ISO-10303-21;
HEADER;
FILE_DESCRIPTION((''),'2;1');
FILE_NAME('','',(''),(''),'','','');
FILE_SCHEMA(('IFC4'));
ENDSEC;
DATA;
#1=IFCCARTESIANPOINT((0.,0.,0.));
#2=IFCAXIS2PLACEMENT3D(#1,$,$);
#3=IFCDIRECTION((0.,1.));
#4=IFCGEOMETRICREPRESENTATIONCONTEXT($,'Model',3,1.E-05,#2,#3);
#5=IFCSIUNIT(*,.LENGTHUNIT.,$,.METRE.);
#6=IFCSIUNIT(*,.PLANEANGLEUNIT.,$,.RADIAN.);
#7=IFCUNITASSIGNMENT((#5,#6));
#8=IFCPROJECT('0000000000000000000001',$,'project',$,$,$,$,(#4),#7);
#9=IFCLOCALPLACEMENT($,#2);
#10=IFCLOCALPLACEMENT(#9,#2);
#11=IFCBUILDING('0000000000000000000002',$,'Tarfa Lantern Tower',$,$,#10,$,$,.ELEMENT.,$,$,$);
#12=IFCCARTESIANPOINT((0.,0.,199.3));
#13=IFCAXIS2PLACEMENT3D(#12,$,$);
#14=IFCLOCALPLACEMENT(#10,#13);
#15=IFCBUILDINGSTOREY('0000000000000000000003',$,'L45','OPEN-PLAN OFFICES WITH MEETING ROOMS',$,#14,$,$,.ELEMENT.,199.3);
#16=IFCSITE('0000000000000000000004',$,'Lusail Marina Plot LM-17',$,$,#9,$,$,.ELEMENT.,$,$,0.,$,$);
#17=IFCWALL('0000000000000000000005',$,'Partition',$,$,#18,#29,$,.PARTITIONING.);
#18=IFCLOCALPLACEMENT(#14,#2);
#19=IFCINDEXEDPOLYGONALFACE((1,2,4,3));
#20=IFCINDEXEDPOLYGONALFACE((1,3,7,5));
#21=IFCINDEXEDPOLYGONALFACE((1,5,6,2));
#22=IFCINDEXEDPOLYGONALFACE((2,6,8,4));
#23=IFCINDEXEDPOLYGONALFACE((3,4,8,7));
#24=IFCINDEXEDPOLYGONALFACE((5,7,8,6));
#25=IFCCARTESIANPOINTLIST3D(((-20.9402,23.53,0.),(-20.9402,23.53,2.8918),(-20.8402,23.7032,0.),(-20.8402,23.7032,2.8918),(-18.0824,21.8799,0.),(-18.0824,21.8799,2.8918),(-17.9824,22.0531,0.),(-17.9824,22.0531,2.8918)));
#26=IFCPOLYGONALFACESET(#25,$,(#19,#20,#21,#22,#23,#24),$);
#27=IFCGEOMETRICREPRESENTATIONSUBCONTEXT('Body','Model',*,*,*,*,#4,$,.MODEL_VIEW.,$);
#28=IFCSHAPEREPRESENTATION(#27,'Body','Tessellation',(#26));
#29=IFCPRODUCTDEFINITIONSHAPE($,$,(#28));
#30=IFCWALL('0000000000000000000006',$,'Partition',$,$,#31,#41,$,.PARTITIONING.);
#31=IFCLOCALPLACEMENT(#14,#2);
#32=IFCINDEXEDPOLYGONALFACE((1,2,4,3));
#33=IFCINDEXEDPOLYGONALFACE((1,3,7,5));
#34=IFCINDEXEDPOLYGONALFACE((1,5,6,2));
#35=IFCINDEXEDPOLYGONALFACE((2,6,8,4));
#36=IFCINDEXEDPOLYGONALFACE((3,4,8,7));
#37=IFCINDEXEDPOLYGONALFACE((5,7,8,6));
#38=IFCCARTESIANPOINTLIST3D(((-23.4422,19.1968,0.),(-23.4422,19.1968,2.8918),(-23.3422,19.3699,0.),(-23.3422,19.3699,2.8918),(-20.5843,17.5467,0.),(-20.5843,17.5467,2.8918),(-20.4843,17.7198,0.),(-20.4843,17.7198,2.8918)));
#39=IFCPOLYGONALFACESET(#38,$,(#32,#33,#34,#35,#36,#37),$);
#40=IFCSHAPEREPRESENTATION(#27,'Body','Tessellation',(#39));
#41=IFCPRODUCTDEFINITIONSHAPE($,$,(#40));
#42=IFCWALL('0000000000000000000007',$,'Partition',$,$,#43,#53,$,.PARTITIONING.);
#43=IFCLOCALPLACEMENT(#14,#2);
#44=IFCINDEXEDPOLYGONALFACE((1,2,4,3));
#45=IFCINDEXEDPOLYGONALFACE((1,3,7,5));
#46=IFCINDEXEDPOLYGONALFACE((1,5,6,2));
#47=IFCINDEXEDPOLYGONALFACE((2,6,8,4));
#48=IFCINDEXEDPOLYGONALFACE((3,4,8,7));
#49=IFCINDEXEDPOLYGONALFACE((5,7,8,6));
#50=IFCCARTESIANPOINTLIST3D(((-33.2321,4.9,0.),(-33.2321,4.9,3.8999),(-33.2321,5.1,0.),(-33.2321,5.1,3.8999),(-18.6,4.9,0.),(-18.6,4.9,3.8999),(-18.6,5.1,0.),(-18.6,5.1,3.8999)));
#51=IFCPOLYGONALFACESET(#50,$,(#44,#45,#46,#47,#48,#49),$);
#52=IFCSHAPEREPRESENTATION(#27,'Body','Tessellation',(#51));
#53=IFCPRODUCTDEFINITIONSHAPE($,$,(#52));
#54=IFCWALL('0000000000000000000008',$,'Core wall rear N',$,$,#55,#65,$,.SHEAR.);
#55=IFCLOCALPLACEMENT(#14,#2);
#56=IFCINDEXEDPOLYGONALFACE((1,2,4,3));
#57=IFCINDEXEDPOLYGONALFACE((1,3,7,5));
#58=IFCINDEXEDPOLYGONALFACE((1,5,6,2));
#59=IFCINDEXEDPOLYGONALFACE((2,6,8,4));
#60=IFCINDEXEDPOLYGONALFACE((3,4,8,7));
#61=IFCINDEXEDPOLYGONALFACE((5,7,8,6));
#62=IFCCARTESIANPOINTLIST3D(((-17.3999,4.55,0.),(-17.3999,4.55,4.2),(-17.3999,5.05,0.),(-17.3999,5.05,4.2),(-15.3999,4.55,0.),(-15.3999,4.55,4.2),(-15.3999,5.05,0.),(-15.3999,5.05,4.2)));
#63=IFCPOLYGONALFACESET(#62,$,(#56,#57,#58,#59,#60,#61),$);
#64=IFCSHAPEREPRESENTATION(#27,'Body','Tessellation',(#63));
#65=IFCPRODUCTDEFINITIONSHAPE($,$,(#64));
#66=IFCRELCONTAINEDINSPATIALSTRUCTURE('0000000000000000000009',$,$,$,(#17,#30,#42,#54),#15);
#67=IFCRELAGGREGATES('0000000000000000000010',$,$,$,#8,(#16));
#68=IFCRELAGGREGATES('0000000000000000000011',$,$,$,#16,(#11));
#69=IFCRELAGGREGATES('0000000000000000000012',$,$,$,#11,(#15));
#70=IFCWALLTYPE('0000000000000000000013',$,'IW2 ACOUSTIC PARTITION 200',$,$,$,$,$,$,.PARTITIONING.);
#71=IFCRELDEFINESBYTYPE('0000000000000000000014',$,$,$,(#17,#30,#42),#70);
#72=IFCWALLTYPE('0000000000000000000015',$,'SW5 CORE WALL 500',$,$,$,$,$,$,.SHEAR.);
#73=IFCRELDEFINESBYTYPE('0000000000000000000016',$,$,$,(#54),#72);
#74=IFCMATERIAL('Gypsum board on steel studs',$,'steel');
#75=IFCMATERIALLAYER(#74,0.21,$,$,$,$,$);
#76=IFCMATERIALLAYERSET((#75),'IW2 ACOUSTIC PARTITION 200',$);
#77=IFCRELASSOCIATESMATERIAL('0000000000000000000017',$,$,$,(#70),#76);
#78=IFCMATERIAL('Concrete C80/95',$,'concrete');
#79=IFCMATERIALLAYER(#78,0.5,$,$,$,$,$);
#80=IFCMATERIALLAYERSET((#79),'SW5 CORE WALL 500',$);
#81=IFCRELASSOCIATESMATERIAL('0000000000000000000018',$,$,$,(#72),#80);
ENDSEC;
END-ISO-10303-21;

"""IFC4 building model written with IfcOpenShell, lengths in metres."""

from ifc_helpers import new_model, si_unit, direction, frame, frame_2d, origin, place, context, subcontext, project, spatial, rectangle, extrude, material, layer, layer_set, type_object, element, save


model = new_model("IFC4")

# Units and contexts
model_context = context("Model", 3, precision=1e-05, world=origin(), true_north=direction((0.0, 1.0)))
body_context = subcontext(model_context, "Body", "Model", "MODEL_VIEW")
ifc_project = project(units=[si_unit("LENGTHUNIT", "METRE"), si_unit("PLANEANGLEUNIT", "RADIAN")], contexts=[model_context])

# Site, building, storey
site_placement = place(None, origin())
site = spatial("IfcSite", under=ifc_project, at=site_placement, Name="Lusail Marina Plot LM-17", CompositionType="ELEMENT", RefElevation=0.0)
building_placement = place(site_placement, origin())
building = spatial("IfcBuilding", under=site, at=building_placement, Name="Tarfa Lantern Tower", CompositionType="ELEMENT")
storey_placement = place(building_placement, frame((0.0, 0.0, 199.3)))
storey = spatial("IfcBuildingStorey", under=building, at=storey_placement, Name="L45", Description="OPEN-PLAN OFFICES WITH MEETING ROOMS", CompositionType="ELEMENT", Elevation=199.3)

# Shared definitions
ifc_material_1 = material(Name="Gypsum board on steel studs", Category="steel")
ifc_layer_1 = layer(ifc_material_1, 0.21)
ifc_layer_set_1 = layer_set([ifc_layer_1], Name="IW2 ACOUSTIC PARTITION 200")
wall_type_1 = type_object("IfcWallType", Name="IW2 ACOUSTIC PARTITION 200", PredefinedType="PARTITIONING", material=ifc_layer_set_1)

# Walls
for number, where, z_axis, x_axis, name in (
    (1, (-18.0325, 21.9666, 0.0), (0.0, 0.0, 1.0), (-0.866008, 0.50003, 0.0), "Partition"),
    (2, (-20.5344, 17.6333, 0.0), (0.0, 0.0, 1.0), (-0.866008, 0.50003, 0.0), "Partition"),
):
    element("IfcWall", number, at=place(storey_placement, frame(where, z_axis=z_axis, x_axis=x_axis)), inside=storey, type_object=wall_type_1, Name=name, PredefinedType="PARTITIONING", context=body_context, shape_type="SweptSolid", body=[
        extrude(rectangle(XDim=3.3, YDim=0.2, at=frame_2d((1.6499, 0.0))), origin(), (0.0, 0.0, 1.0), 2.8918),
    ])
wall_1_placement = place(storey_placement, frame((-18.6001, 5.0, 0.0), z_axis=(0.0, 0.0, 1.0), x_axis=(-1.0, 0.0, 0.0)))
element("IfcWall", 3, at=wall_1_placement, inside=storey, type_object=wall_type_1, Name="Partition", PredefinedType="PARTITIONING", context=body_context, shape_type="SweptSolid", body=[
    extrude(rectangle(XDim=14.6321, YDim=0.2, at=frame_2d((7.3159, 0.0))), origin(), (0.0, 0.0, 1.0), 3.8999),
])

# Shared definitions
ifc_material_2 = material(Name="Concrete C80/95", Category="concrete")

# Wall
ifc_layer_2 = layer(ifc_material_2, 0.5)
ifc_layer_set_2 = layer_set([ifc_layer_2], Name="SW5 CORE WALL 500")
wall_type_2 = type_object("IfcWallType", Name="SW5 CORE WALL 500", PredefinedType="SHEAR", material=ifc_layer_set_2)
wall_2_placement = place(storey_placement, frame((-17.3999, 4.8, 0.0), z_axis=(0.0, 0.0, 1.0), x_axis=(1.0, 0.0, 0.0)))
element("IfcWall", 4, at=wall_2_placement, inside=storey, type_object=wall_type_2, Name="Core wall rear N", PredefinedType="SHEAR", context=body_context, shape_type="SweptSolid", body=[
    extrude(rectangle(XDim=2.0, YDim=0.5, at=frame_2d((1.0, 0.0))), origin(), (0.0, 0.0, 1.0), 4.2),
])

save(model, "model.ifc")
